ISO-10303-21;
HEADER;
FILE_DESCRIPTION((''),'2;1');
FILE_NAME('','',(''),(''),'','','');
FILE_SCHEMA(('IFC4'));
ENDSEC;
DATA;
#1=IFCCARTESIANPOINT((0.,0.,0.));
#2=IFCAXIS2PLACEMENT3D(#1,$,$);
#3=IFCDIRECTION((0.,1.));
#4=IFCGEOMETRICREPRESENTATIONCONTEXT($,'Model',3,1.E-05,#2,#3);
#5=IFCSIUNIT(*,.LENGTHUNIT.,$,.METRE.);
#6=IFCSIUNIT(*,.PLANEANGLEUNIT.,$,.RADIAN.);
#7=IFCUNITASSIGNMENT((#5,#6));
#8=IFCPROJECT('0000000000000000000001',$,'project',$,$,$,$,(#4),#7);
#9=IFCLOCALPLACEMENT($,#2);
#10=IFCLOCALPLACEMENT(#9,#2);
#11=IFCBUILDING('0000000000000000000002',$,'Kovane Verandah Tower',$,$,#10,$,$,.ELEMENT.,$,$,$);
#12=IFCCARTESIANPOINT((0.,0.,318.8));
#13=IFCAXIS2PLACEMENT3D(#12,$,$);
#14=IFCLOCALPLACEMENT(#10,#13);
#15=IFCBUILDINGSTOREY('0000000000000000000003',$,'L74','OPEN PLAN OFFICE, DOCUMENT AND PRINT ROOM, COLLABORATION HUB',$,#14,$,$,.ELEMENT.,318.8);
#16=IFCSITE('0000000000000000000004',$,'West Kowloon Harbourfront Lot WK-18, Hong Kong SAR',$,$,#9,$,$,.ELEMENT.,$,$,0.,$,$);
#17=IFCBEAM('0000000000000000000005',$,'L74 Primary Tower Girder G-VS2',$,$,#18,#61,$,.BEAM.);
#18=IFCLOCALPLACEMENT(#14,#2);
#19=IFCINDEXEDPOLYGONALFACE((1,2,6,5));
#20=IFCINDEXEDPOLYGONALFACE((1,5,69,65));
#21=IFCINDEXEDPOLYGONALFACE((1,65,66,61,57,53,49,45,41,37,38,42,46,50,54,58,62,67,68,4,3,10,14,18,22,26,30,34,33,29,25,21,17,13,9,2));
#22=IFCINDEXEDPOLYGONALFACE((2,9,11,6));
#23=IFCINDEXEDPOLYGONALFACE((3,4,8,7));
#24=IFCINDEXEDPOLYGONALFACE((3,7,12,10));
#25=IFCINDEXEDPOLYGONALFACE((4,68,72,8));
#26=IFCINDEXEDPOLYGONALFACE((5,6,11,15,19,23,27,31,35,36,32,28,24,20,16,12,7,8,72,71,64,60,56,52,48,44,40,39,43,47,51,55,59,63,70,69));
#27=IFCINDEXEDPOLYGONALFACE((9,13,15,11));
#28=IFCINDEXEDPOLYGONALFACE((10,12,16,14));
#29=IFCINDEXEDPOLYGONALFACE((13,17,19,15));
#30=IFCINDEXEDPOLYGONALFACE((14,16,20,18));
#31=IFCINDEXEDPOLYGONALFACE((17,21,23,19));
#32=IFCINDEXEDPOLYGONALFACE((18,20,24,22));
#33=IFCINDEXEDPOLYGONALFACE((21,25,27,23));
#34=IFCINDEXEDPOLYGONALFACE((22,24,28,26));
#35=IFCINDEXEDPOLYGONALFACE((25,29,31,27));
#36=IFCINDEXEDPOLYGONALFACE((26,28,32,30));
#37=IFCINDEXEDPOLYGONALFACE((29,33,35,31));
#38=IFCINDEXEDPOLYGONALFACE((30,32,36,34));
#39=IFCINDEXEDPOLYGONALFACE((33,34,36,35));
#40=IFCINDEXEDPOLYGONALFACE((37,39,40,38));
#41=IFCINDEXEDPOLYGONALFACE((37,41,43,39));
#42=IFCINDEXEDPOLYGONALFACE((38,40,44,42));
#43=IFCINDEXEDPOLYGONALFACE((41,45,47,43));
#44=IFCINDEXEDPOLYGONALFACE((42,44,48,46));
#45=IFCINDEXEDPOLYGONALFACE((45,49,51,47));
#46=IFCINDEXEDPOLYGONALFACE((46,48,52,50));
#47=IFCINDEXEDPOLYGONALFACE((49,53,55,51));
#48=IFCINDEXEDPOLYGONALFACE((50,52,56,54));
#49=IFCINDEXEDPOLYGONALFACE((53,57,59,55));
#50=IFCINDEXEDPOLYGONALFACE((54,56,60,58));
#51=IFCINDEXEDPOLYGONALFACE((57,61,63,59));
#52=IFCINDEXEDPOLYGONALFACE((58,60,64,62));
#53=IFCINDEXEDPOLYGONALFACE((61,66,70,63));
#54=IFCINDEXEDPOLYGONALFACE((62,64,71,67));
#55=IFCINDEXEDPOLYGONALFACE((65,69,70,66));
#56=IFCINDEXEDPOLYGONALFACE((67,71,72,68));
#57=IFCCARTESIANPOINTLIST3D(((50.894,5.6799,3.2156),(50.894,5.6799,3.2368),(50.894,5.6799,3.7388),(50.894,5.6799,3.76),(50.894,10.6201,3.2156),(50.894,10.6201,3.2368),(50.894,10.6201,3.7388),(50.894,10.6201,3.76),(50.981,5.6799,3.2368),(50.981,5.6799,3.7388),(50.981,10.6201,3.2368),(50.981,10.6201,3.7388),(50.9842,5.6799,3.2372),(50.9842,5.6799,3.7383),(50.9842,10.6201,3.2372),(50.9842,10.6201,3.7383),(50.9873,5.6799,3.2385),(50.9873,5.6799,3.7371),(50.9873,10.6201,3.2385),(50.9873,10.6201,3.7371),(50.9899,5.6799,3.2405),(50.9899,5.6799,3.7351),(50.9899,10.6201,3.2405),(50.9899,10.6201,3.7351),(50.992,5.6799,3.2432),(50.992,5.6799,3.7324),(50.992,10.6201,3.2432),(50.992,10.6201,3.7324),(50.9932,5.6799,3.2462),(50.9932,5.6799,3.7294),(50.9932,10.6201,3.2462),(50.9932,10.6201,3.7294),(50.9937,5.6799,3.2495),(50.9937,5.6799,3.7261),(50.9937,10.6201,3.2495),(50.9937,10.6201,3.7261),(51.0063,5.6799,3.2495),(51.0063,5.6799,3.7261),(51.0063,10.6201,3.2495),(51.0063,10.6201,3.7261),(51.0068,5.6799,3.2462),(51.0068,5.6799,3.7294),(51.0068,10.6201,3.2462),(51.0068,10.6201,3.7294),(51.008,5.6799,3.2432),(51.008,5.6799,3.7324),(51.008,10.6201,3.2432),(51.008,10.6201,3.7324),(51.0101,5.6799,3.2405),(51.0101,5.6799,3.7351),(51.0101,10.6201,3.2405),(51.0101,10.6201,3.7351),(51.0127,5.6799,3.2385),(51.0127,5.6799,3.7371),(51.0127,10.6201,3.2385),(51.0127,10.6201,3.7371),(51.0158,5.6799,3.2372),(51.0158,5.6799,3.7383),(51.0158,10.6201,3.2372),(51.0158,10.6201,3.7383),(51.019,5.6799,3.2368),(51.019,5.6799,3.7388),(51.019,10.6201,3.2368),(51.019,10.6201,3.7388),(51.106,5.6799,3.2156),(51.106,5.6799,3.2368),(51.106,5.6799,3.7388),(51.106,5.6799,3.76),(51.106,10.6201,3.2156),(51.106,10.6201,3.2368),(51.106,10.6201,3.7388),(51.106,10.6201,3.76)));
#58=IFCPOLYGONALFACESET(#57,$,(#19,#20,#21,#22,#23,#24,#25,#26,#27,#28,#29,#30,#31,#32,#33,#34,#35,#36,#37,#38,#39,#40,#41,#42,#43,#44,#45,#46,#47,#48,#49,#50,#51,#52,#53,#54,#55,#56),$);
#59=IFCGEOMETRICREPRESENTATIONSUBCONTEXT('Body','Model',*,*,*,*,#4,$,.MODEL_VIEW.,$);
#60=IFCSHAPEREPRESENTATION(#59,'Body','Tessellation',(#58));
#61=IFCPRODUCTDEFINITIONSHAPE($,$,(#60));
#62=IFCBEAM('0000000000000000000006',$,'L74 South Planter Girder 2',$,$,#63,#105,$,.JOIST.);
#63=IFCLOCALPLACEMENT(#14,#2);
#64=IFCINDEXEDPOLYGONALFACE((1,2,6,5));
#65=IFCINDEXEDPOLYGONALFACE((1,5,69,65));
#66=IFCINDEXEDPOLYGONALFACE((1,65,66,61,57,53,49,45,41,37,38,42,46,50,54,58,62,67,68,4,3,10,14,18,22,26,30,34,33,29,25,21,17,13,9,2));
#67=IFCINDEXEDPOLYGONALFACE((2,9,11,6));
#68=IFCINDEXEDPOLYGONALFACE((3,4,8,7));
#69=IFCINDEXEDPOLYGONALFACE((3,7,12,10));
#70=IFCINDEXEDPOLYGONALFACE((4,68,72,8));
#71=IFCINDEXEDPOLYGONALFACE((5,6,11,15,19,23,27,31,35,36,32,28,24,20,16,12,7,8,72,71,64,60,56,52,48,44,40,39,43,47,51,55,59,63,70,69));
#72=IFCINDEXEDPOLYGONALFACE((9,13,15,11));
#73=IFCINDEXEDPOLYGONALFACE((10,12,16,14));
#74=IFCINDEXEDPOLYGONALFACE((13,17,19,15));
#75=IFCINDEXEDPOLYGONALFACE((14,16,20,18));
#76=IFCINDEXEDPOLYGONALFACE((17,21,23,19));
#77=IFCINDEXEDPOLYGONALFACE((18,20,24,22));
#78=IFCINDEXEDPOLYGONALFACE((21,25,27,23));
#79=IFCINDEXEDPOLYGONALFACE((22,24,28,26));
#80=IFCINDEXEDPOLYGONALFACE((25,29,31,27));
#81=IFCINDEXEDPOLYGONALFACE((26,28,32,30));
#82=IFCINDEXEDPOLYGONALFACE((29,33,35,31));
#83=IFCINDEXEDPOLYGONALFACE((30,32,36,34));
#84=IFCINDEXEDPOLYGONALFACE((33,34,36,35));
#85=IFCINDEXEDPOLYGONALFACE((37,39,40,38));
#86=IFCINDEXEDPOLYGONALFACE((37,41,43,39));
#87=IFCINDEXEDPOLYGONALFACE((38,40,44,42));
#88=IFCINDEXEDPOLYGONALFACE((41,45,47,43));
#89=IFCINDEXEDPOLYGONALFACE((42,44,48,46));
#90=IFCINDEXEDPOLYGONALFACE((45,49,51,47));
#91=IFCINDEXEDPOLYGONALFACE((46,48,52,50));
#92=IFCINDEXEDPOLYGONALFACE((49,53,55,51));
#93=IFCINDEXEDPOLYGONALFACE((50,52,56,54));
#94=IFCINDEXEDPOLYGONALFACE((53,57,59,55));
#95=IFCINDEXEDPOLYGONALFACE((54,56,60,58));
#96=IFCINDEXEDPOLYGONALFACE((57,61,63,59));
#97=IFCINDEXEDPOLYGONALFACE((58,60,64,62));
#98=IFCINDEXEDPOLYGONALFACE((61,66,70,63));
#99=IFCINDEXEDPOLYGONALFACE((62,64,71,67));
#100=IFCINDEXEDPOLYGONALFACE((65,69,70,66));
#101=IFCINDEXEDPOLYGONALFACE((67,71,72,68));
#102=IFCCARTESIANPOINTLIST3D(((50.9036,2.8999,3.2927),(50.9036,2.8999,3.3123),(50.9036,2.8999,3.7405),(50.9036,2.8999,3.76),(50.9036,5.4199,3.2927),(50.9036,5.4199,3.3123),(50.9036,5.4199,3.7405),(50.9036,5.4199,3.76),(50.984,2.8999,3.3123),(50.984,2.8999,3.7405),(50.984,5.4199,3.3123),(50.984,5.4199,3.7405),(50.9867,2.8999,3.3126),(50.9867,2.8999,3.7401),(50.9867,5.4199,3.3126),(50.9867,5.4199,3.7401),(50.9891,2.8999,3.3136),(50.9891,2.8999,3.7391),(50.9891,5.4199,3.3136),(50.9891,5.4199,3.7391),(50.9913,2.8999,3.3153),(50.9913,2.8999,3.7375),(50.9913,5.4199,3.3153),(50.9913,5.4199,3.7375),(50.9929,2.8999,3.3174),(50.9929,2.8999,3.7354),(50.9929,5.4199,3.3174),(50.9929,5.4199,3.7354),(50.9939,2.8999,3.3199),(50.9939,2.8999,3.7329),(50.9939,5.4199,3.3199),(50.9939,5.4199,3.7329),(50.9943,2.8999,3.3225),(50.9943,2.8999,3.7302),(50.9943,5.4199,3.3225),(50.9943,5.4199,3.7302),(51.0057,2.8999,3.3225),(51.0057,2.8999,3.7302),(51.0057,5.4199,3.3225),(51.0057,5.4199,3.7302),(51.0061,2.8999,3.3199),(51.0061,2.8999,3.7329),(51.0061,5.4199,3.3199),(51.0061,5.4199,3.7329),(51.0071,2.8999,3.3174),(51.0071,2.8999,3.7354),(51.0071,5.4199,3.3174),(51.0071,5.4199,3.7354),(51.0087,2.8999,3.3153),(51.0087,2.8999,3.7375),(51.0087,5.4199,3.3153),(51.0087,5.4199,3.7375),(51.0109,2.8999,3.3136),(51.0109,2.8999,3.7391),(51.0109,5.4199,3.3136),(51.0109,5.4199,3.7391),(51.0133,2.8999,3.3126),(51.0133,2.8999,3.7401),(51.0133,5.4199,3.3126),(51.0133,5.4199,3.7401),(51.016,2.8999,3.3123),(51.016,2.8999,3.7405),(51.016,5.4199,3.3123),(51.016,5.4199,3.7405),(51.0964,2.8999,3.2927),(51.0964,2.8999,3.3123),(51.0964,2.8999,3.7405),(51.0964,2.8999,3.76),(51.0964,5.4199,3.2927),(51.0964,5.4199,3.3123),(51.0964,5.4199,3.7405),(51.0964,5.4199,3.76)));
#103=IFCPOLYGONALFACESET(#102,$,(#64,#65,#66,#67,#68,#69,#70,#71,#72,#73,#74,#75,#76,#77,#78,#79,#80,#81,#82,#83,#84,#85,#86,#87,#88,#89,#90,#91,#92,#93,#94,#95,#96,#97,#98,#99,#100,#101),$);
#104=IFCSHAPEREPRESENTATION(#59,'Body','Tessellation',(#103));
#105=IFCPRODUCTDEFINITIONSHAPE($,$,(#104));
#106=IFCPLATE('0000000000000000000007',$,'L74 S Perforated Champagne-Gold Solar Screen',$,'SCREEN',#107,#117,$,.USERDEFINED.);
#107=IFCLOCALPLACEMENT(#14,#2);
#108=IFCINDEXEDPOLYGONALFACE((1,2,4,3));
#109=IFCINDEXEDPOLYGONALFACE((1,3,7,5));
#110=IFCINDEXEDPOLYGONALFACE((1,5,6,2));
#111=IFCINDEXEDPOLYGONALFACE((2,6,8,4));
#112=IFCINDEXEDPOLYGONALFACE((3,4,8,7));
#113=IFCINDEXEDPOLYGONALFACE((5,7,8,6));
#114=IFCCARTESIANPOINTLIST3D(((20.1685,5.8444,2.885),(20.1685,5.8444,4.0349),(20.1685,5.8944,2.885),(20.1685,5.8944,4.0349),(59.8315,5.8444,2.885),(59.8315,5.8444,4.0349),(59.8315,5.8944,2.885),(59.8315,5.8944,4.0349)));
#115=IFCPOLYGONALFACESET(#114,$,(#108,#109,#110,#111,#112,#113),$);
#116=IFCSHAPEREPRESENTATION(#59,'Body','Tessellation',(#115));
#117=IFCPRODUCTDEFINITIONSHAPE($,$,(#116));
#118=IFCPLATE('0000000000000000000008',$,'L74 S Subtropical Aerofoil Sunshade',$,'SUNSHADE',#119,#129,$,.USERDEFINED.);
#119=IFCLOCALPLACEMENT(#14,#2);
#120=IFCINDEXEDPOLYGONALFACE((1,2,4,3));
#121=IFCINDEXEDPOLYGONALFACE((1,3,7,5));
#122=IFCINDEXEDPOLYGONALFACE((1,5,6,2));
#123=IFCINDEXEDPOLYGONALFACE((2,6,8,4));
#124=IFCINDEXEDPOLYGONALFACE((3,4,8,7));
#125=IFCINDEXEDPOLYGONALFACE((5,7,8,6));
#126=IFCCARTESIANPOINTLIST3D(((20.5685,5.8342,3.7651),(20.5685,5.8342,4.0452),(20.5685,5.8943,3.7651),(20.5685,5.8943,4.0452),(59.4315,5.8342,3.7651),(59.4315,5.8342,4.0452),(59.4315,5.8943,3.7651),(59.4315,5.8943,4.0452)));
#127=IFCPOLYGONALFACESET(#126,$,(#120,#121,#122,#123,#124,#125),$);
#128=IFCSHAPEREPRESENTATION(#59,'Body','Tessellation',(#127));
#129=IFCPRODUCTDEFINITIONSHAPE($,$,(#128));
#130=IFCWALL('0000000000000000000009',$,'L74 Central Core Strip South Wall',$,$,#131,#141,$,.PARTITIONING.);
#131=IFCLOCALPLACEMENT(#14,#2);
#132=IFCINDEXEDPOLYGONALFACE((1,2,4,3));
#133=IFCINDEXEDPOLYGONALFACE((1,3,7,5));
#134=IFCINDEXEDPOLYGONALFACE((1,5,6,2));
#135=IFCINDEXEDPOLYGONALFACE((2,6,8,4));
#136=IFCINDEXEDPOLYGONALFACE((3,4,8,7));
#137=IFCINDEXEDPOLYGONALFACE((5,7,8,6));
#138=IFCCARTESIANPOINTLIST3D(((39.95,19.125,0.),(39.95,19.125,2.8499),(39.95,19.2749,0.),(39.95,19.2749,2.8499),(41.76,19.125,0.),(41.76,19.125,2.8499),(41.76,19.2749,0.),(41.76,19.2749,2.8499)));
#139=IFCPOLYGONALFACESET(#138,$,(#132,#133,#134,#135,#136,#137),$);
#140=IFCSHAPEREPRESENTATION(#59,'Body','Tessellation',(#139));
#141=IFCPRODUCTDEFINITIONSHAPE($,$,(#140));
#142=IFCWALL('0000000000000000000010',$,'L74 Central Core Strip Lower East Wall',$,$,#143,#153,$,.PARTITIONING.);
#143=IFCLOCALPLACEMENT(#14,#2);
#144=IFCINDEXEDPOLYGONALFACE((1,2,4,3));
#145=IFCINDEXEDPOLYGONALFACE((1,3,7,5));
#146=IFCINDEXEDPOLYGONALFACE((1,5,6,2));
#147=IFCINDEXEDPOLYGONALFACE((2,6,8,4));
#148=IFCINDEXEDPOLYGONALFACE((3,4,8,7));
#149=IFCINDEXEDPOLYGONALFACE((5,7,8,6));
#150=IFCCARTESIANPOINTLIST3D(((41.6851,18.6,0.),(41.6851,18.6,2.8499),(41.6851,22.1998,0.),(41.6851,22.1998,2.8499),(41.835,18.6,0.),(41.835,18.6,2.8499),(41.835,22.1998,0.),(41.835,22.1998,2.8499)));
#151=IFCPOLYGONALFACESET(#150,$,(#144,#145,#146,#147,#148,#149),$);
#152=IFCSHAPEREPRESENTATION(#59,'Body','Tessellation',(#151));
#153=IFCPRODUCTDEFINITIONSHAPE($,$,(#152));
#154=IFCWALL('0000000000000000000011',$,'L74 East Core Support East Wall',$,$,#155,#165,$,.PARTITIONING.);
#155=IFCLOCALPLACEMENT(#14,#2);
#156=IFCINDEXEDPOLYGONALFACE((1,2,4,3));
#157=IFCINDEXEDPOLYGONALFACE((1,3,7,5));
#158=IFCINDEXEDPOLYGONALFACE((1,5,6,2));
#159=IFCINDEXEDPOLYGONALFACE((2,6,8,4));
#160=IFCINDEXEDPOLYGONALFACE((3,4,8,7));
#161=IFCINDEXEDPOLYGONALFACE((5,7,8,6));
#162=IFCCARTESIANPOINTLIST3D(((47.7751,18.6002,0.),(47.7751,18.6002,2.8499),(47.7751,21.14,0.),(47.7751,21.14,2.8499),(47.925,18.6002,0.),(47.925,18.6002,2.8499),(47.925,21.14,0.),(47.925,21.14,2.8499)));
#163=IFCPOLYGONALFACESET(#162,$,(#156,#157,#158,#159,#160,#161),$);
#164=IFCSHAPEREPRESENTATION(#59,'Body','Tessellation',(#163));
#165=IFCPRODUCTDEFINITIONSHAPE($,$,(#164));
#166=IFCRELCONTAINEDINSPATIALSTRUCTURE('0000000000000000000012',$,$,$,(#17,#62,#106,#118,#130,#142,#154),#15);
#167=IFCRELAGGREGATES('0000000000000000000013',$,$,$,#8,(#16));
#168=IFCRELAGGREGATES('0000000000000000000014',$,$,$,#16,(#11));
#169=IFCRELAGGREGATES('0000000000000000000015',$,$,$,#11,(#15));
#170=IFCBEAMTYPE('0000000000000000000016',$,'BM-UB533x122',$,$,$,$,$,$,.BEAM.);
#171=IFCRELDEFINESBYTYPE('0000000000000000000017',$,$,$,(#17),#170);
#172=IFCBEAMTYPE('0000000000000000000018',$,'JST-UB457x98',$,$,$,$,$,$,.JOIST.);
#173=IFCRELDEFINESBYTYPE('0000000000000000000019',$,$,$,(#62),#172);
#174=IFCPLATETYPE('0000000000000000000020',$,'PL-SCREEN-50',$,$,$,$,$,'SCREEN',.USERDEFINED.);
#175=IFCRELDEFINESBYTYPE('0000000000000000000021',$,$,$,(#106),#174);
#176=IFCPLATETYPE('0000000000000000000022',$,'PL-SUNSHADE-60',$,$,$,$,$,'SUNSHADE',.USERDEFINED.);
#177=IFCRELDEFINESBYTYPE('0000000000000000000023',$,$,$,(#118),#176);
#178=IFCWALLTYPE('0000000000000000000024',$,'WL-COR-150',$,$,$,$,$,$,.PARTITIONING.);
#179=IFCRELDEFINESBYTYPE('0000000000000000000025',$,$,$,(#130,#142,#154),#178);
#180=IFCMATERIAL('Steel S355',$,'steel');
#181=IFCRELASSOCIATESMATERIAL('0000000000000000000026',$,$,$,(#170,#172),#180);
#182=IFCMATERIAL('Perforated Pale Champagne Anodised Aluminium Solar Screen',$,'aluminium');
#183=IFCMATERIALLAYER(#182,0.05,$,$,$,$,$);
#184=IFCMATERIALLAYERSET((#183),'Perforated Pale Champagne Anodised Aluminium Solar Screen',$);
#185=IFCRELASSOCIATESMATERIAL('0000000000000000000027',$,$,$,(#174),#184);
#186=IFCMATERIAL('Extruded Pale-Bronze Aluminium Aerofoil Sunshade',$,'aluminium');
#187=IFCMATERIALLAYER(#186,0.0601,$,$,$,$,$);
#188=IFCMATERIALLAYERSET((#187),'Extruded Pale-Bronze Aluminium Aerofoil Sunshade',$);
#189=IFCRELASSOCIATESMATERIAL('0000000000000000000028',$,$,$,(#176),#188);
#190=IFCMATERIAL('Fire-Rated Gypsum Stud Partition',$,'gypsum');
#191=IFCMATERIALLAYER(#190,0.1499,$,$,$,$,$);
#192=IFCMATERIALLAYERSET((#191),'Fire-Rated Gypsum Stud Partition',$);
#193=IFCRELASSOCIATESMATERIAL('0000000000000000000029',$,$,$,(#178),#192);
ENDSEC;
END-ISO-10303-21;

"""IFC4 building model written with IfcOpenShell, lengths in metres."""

from ifc_helpers import new_model, si_unit, direction, frame, frame_2d, origin, origin_2d, place, context, subcontext, project, spatial, rectangle, i_section, extrude, material, layer, layer_set, material_profile, profile_set, type_object, element, save


model = new_model("IFC4")

# Units and contexts
model_context = context("Model", 3, precision=1e-05, world=origin(), true_north=direction((0.0, 1.0)))
body_context = subcontext(model_context, "Body", "Model", "MODEL_VIEW")
ifc_project = project(units=[si_unit("LENGTHUNIT", "METRE"), si_unit("PLANEANGLEUNIT", "RADIAN")], contexts=[model_context])

# Site, building, storey
site_placement = place(None, origin())
site = spatial("IfcSite", under=ifc_project, at=site_placement, Name="West Kowloon Harbourfront Lot WK-18, Hong Kong SAR", CompositionType="ELEMENT", RefElevation=0.0)
building_placement = place(site_placement, origin())
building = spatial("IfcBuilding", under=site, at=building_placement, Name="Kovane Verandah Tower", CompositionType="ELEMENT")
storey_placement = place(building_placement, frame((0.0, 0.0, 318.8)))
storey = spatial("IfcBuildingStorey", under=building, at=storey_placement, Name="L74", Description="OPEN PLAN OFFICE, DOCUMENT AND PRINT ROOM, COLLABORATION HUB", CompositionType="ELEMENT", Elevation=318.8)

# Beams
ifc_material_1 = material(Name="Steel S355", Category="steel")
ifc_material_profile_1 = material_profile(ifc_material_1, i_section(OverallWidth=0.2119, OverallDepth=0.5444, WebThickness=0.0127, FlangeThickness=0.0212, FilletRadius=0.0127, at=origin_2d()), Name="UB533x210x122")
ifc_profile_set_1 = profile_set([ifc_material_profile_1], Name="Steel S355")
beam_type_1 = type_object("IfcBeamType", Name="BM-UB533x122", PredefinedType="BEAM", material=ifc_profile_set_1)
beam_1_placement = place(storey_placement, frame((51.0, 10.6201, 3.4878), z_axis=(0.0, -1.0, 0.0), x_axis=(1.0, 0.0, 0.0)))
element("IfcBeam", 1, at=beam_1_placement, inside=storey, type_object=beam_type_1, Name="L74 Primary Tower Girder G-VS2", PredefinedType="BEAM", context=body_context, shape_type="SweptSolid", body=[
    extrude(i_section(OverallWidth=0.2119, OverallDepth=0.5444, WebThickness=0.0127, FlangeThickness=0.0212, FilletRadius=0.0127, at=origin_2d()), origin(), (0.0, 0.0, 1.0), 4.9402),
])
ifc_material_profile_2 = material_profile(ifc_material_1, i_section(OverallWidth=0.1929, OverallDepth=0.4673, WebThickness=0.0115, FlangeThickness=0.0195, FilletRadius=0.0103, at=origin_2d()), Name="UB457x191x98")
ifc_profile_set_2 = profile_set([ifc_material_profile_2], Name="Steel S355")
beam_type_2 = type_object("IfcBeamType", Name="JST-UB457x98", PredefinedType="JOIST", material=ifc_profile_set_2)
beam_2_placement = place(storey_placement, frame((51.0, 5.4199, 3.5264), z_axis=(0.0, -1.0, 0.0), x_axis=(1.0, 0.0, 0.0)))
element("IfcBeam", 2, at=beam_2_placement, inside=storey, type_object=beam_type_2, Name="L74 South Planter Girder 2", PredefinedType="JOIST", context=body_context, shape_type="SweptSolid", body=[
    extrude(i_section(OverallWidth=0.1929, OverallDepth=0.4673, WebThickness=0.0115, FlangeThickness=0.0195, FilletRadius=0.0103, at=origin_2d()), origin(), (0.0, 0.0, 1.0), 2.52),
])

# Plates
ifc_material_2 = material(Name="Perforated Pale Champagne Anodised Aluminium Solar Screen", Category="aluminium")
ifc_layer_1 = layer(ifc_material_2, 0.05)
ifc_layer_set_1 = layer_set([ifc_layer_1], Name="Perforated Pale Champagne Anodised Aluminium Solar Screen")
plate_type_1 = type_object("IfcPlateType", Name="PL-SCREEN-50", ElementType="SCREEN", PredefinedType="USERDEFINED", material=ifc_layer_set_1)
plate_1_placement = place(storey_placement, frame((40.0, 5.8694, 2.885), z_axis=(0.0, 0.0, 1.0), x_axis=(1.0, 0.0, 0.0)))
element("IfcPlate", 3, at=plate_1_placement, inside=storey, type_object=plate_type_1, Name="L74 S Perforated Champagne-Gold Solar Screen", ObjectType="SCREEN", PredefinedType="USERDEFINED", context=body_context, shape_type="SweptSolid", body=[
    extrude(rectangle(XDim=39.6631, YDim=0.05, at=origin_2d()), origin(), (0.0, 0.0, 1.0), 1.1499),
])
ifc_material_3 = material(Name="Extruded Pale-Bronze Aluminium Aerofoil Sunshade", Category="aluminium")
ifc_layer_2 = layer(ifc_material_3, 0.0601)
ifc_layer_set_2 = layer_set([ifc_layer_2], Name="Extruded Pale-Bronze Aluminium Aerofoil Sunshade")
plate_type_2 = type_object("IfcPlateType", Name="PL-SUNSHADE-60", ElementType="SUNSHADE", PredefinedType="USERDEFINED", material=ifc_layer_set_2)
plate_2_placement = place(storey_placement, frame((40.0, 5.8643, 3.7651), z_axis=(0.0, 0.0, 1.0), x_axis=(1.0, 0.0, 0.0)))
element("IfcPlate", 4, at=plate_2_placement, inside=storey, type_object=plate_type_2, Name="L74 S Subtropical Aerofoil Sunshade", ObjectType="SUNSHADE", PredefinedType="USERDEFINED", context=body_context, shape_type="SweptSolid", body=[
    extrude(rectangle(XDim=38.863, YDim=0.0601, at=origin_2d()), origin(), (0.0, 0.0, 1.0), 0.28),
])

# Walls
ifc_material_4 = material(Name="Fire-Rated Gypsum Stud Partition", Category="gypsum")
ifc_layer_3 = layer(ifc_material_4, 0.1499)
ifc_layer_set_3 = layer_set([ifc_layer_3], Name="Fire-Rated Gypsum Stud Partition")
wall_type_1 = type_object("IfcWallType", Name="WL-COR-150", PredefinedType="PARTITIONING", material=ifc_layer_set_3)
wall_1_placement = place(storey_placement, frame((39.95, 19.2, 0.0), z_axis=(0.0, 0.0, 1.0), x_axis=(1.0, 0.0, 0.0)))
element("IfcWall", 5, at=wall_1_placement, inside=storey, type_object=wall_type_1, Name="L74 Central Core Strip South Wall", PredefinedType="PARTITIONING", context=body_context, shape_type="SweptSolid", body=[
    extrude(rectangle(XDim=1.8101, YDim=0.1499, at=frame_2d((0.905, 0.0))), origin(), (0.0, 0.0, 1.0), 2.8499),
])
wall_2_placement = place(storey_placement, frame((41.76, 18.6001, 0.0), z_axis=(0.0, 0.0, 1.0), x_axis=(0.0, 1.0, 0.0)))
element("IfcWall", 6, at=wall_2_placement, inside=storey, type_object=wall_type_1, Name="L74 Central Core Strip Lower East Wall", PredefinedType="PARTITIONING", context=body_context, shape_type="SweptSolid", body=[
    extrude(rectangle(XDim=3.5999, YDim=0.1499, at=frame_2d((1.7998, 0.0))), origin(), (0.0, 0.0, 1.0), 2.8499),
])

# Wall
wall_3_placement = place(storey_placement, frame((47.8501, 18.6001, 0.0), z_axis=(0.0, 0.0, 1.0), x_axis=(0.0, 1.0, 0.0)))
element("IfcWall", 7, at=wall_3_placement, inside=storey, type_object=wall_type_1, Name="L74 East Core Support East Wall", PredefinedType="PARTITIONING", context=body_context, shape_type="SweptSolid", body=[
    extrude(rectangle(XDim=2.5398, YDim=0.1499, at=frame_2d((1.27, 0.0))), origin(), (0.0, 0.0, 1.0), 2.8499),
])

save(model, "model.ifc")
